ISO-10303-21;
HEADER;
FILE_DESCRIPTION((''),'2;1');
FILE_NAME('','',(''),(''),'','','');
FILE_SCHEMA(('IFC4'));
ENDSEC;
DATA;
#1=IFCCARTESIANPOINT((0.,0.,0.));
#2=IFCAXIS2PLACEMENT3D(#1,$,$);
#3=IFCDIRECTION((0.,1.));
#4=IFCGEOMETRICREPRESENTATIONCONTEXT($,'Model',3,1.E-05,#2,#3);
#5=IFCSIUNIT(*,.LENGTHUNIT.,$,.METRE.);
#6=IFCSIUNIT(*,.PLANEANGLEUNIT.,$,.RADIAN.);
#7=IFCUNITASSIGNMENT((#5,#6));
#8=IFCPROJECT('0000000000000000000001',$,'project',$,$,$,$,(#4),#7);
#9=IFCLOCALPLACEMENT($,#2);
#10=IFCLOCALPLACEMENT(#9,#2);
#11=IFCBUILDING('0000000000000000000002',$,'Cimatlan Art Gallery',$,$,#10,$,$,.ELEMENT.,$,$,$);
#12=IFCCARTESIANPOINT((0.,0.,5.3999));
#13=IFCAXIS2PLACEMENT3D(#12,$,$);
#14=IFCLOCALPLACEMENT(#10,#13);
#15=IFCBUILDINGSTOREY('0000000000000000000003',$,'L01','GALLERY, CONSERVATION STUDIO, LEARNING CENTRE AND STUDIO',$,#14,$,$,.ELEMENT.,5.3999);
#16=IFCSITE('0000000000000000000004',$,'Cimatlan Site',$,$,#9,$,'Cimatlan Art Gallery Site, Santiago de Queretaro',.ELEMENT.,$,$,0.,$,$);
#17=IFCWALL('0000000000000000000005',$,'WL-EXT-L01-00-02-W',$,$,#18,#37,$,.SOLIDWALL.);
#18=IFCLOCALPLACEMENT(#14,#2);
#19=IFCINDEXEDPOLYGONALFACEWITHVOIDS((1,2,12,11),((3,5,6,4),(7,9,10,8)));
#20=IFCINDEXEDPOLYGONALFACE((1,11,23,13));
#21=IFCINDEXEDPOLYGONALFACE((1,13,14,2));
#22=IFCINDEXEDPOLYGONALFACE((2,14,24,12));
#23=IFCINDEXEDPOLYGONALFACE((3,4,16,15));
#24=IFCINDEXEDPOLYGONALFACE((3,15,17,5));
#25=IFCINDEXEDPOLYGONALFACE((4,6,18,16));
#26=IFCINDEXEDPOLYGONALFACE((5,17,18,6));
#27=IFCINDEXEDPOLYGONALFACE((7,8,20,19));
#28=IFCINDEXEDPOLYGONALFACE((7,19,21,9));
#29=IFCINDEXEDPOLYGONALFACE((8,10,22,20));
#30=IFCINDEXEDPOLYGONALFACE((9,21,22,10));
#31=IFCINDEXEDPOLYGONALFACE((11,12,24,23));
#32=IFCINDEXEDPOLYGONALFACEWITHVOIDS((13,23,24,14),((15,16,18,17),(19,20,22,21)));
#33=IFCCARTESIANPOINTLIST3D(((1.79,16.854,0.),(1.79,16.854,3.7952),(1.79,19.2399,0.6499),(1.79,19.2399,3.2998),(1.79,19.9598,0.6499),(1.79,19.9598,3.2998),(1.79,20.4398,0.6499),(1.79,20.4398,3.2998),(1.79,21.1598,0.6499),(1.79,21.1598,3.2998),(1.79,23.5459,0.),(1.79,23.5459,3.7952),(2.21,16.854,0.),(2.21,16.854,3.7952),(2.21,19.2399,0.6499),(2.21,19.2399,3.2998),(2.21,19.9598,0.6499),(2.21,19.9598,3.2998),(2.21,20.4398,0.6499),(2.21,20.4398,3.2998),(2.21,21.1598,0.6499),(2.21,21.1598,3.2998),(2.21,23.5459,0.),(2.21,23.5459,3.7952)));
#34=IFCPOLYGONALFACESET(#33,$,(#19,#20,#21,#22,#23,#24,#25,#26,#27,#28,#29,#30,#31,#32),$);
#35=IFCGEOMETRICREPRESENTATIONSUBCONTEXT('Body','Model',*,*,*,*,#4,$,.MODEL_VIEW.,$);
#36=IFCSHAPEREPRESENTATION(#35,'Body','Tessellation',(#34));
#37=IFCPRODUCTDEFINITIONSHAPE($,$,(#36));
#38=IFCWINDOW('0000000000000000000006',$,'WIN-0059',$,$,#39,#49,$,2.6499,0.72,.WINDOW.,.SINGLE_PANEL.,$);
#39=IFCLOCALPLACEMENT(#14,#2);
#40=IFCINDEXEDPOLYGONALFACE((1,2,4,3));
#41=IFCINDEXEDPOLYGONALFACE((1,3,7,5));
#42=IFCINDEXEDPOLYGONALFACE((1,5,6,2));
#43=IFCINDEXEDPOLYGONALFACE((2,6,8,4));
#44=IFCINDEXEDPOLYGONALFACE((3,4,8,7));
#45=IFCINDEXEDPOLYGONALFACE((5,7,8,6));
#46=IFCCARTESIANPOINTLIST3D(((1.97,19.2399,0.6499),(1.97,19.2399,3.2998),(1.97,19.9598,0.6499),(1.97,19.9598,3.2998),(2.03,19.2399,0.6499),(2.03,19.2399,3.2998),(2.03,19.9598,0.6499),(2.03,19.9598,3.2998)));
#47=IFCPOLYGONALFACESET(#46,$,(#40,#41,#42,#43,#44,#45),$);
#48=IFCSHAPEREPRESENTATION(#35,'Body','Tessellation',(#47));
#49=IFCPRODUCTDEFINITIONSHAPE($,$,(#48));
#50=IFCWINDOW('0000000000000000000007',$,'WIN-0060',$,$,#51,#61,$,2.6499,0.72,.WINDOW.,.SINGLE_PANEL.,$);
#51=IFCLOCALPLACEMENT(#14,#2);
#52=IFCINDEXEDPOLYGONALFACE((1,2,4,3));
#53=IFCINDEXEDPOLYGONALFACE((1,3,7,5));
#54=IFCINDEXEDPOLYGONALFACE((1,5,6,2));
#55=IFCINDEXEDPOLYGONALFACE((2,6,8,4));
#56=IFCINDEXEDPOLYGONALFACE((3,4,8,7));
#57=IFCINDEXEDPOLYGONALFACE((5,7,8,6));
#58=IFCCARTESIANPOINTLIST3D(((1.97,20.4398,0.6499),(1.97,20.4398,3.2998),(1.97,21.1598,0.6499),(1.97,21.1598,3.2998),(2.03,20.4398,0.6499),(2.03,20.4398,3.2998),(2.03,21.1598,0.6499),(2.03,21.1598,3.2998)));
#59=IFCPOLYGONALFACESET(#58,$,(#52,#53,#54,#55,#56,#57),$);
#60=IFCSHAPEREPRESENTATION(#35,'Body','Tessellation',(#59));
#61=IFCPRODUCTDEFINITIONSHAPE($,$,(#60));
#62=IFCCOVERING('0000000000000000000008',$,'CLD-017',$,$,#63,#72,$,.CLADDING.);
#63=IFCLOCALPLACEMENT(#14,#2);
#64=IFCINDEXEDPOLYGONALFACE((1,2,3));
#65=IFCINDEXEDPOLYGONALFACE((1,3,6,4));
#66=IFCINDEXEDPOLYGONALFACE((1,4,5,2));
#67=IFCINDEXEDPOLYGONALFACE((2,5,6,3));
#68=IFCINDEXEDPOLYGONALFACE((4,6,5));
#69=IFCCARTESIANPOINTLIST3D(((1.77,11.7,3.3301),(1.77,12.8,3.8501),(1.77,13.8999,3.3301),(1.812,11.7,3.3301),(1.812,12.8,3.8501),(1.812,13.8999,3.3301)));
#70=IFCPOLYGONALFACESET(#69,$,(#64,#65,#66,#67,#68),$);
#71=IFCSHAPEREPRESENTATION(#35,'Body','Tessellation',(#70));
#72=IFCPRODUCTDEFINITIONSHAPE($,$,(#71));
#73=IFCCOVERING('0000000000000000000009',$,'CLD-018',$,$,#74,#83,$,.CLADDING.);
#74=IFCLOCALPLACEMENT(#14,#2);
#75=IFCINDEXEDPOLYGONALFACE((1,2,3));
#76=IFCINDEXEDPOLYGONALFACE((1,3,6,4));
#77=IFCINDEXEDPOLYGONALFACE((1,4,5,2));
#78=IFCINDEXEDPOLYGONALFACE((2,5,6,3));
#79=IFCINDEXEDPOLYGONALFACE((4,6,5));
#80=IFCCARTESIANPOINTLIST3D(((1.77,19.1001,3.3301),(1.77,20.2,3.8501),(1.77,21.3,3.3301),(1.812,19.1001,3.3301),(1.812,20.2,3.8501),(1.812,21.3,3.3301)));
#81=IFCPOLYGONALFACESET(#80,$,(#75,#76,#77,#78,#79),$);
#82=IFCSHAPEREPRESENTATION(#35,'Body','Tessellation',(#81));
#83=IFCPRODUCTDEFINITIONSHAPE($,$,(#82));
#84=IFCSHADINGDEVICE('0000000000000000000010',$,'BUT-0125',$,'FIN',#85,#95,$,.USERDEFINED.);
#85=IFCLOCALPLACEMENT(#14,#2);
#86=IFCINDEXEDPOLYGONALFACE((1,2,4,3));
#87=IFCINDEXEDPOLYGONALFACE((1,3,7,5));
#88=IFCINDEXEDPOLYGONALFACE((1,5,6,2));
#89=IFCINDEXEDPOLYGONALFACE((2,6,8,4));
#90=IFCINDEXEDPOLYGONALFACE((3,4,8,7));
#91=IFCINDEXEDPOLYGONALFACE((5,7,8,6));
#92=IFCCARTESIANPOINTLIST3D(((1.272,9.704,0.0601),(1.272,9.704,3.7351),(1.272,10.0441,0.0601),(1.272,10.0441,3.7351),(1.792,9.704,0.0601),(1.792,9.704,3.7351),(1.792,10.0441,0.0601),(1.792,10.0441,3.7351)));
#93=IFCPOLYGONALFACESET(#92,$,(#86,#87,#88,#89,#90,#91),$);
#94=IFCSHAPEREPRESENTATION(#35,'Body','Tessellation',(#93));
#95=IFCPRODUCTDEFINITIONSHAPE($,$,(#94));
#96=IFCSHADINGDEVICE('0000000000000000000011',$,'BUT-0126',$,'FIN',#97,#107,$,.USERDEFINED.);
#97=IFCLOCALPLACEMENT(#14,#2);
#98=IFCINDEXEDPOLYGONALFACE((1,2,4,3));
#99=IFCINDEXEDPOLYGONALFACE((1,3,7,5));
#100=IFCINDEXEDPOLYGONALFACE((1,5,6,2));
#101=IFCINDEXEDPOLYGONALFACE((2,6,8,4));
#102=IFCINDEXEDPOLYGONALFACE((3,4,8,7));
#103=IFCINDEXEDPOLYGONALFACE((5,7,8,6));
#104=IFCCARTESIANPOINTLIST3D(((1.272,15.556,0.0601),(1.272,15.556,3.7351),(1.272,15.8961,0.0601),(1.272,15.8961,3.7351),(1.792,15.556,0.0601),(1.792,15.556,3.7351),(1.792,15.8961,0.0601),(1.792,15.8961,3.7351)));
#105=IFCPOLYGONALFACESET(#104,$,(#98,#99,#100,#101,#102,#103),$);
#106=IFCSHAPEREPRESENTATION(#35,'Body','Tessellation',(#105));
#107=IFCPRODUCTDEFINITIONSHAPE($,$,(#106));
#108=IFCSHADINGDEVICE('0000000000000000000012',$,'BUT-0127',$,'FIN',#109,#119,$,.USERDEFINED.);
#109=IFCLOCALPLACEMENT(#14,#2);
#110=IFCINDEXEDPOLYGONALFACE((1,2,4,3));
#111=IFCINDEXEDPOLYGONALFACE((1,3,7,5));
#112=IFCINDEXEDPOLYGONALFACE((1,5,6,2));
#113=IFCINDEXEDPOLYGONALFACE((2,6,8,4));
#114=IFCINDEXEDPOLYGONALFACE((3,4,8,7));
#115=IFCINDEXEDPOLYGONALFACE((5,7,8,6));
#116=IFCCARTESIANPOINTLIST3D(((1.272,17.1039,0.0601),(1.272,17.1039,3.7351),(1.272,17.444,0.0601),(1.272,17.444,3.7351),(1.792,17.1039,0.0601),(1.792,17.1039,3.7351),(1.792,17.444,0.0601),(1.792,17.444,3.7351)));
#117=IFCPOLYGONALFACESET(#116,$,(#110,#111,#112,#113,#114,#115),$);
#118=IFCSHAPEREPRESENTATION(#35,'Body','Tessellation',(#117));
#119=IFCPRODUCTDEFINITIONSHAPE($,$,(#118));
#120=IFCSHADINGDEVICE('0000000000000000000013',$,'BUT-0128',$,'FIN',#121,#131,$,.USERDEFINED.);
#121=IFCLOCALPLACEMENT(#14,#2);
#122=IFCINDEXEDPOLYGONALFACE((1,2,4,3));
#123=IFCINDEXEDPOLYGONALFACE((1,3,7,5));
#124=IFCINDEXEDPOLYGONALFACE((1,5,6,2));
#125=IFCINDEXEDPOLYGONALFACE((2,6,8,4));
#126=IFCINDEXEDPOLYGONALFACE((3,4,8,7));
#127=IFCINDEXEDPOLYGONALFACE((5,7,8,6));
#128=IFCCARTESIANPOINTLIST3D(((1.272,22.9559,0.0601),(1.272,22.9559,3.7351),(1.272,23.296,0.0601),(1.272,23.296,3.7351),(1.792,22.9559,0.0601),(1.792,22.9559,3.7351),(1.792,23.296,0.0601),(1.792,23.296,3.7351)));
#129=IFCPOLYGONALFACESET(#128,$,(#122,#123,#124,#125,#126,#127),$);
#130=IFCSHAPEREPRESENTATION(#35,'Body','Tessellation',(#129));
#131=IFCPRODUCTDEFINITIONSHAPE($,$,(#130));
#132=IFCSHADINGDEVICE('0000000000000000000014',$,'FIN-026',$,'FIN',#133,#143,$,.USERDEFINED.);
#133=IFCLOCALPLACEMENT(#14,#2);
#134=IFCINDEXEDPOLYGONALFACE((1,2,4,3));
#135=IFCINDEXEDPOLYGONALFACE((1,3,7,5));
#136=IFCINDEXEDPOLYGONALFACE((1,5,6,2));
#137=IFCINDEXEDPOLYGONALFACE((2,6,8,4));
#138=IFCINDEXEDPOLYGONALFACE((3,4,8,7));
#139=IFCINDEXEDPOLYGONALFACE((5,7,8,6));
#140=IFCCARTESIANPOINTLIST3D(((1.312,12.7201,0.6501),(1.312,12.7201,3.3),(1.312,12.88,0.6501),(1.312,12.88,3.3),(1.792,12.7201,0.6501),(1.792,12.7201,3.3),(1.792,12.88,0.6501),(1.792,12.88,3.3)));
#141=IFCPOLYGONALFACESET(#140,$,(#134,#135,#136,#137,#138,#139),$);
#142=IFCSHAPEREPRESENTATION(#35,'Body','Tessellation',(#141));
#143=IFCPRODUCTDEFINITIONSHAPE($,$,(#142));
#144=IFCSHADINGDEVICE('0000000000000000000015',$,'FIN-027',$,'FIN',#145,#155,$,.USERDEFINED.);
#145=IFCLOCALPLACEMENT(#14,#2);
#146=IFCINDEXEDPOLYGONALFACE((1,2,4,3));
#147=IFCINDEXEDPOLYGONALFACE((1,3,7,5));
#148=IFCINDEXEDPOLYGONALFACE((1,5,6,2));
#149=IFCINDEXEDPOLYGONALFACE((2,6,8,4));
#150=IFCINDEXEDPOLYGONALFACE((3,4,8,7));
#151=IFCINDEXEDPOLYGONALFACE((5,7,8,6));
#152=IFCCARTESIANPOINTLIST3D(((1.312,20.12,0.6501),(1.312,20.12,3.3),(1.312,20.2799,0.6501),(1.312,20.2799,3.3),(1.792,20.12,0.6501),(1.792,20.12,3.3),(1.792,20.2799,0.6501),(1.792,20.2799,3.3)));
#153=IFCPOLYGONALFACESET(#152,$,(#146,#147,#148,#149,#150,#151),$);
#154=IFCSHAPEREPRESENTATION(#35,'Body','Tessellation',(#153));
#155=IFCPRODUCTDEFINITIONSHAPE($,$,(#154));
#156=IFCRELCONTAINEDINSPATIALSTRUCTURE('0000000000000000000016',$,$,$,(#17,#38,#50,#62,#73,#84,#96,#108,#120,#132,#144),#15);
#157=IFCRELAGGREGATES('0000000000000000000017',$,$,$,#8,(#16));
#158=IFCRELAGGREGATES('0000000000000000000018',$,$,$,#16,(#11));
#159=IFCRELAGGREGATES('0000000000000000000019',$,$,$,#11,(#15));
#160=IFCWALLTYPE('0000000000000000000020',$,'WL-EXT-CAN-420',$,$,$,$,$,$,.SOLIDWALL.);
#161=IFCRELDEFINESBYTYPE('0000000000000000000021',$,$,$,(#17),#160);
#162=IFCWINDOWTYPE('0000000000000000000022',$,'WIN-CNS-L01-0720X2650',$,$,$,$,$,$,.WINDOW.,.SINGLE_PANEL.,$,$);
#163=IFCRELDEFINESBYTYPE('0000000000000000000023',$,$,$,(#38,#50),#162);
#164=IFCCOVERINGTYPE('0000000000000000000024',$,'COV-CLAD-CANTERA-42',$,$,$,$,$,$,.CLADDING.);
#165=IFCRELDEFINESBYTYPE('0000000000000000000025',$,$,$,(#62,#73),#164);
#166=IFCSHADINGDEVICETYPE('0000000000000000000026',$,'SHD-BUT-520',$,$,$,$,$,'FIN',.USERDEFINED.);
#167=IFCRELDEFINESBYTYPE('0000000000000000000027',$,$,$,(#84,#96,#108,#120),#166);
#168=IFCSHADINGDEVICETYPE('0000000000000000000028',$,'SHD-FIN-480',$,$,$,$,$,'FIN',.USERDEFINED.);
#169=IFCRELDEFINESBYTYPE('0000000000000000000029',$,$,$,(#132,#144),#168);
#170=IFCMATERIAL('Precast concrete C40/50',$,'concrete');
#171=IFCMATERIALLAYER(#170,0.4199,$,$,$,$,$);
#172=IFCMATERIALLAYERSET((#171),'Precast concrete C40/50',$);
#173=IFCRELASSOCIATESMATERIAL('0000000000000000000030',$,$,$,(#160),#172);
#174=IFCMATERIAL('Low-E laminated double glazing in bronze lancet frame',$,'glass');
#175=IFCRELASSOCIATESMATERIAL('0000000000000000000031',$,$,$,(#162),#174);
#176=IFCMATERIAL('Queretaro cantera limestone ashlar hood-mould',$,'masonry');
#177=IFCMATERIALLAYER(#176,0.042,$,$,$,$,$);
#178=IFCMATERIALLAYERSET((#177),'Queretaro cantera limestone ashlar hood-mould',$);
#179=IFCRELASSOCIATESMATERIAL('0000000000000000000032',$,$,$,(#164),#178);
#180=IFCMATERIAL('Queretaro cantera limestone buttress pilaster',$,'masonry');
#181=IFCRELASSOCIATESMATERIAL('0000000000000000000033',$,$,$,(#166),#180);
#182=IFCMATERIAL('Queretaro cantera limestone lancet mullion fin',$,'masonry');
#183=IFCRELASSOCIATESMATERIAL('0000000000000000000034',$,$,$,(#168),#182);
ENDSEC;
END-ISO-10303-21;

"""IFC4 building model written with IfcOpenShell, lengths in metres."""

from ifc_helpers import new_model, si_unit, direction, frame, frame_2d, origin, origin_2d, place, context, subcontext, project, spatial, polyline, rectangle, outline, extrude, material, layer, layer_set, type_object, element, fill, save


model = new_model("IFC4")

# Units and contexts
model_context = context("Model", 3, precision=1e-05, world=origin(), true_north=direction((0.0, 1.0)))
body_context = subcontext(model_context, "Body", "Model", "MODEL_VIEW")
ifc_project = project(units=[si_unit("LENGTHUNIT", "METRE"), si_unit("PLANEANGLEUNIT", "RADIAN")], contexts=[model_context])

# Site, building, storey
site_placement = place(None, origin())
site = spatial("IfcSite", under=ifc_project, at=site_placement, Name="Cimatlan Site", LongName="Cimatlan Art Gallery Site, Santiago de Queretaro", CompositionType="ELEMENT", RefElevation=0.0)
building_placement = place(site_placement, origin())
building = spatial("IfcBuilding", under=site, at=building_placement, Name="Cimatlan Art Gallery", CompositionType="ELEMENT")
storey_placement = place(building_placement, frame((0.0, 0.0, 5.3999)))
storey = spatial("IfcBuildingStorey", under=building, at=storey_placement, Name="L01", Description="GALLERY, CONSERVATION STUDIO, LEARNING CENTRE AND STUDIO", CompositionType="ELEMENT", Elevation=5.3999)

# Wall, openings, windows
ifc_material_1 = material(Name="Precast concrete C40/50", Category="concrete")
ifc_layer_1 = layer(ifc_material_1, 0.4199)
ifc_layer_set_1 = layer_set([ifc_layer_1], Name="Precast concrete C40/50")
wall_type = type_object("IfcWallType", Name="WL-EXT-CAN-420", PredefinedType="SOLIDWALL", material=ifc_layer_set_1)
ifc_material_2 = material(Name="Low-E laminated double glazing in bronze lancet frame", Category="glass")
window_type = type_object("IfcWindowType", Name="WIN-CNS-L01-0720X2650", PartitioningType="SINGLE_PANEL", PredefinedType="WINDOW", material=ifc_material_2)
wall_1_placement = place(storey_placement, frame((2.0, 16.854, 0.0), z_axis=(0.0, 0.0, 1.0), x_axis=(0.0, 1.0, 0.0)))
wall_1 = element("IfcWall", 1, at=wall_1_placement, inside=storey, type_object=wall_type, Name="WL-EXT-L01-00-02-W", PredefinedType="SOLIDWALL", context=body_context, shape_type="SweptSolid", body=[
    extrude(rectangle(XDim=6.6919, YDim=0.4199, at=frame_2d((3.3459, 0.0))), origin(), (0.0, 0.0, 1.0), 3.7952),
])
opening_1_placement = place(wall_1_placement, frame((2.386, 0.0, 0.6499)))
opening_1 = element("IfcOpeningElement", 2, at=opening_1_placement, cuts=wall_1, PredefinedType="OPENING", context=body_context, shape_type="SweptSolid", body=[
    extrude(rectangle(XDim=0.72, YDim=2.6499, at=frame_2d((0.3599, 1.325))), frame((0.0, 0.22, 0.0), z_axis=(0.0, -1.0, 0.0), x_axis=(1.0, 0.0, 0.0)), (0.0, 0.0, 1.0), 0.4399),
])
opening_2_placement = place(wall_1_placement, frame((3.5859, 0.0, 0.6499)))
opening_2 = element("IfcOpeningElement", 3, at=opening_2_placement, cuts=wall_1, PredefinedType="OPENING", context=body_context, shape_type="SweptSolid", body=[
    extrude(rectangle(XDim=0.72, YDim=2.6499, at=frame_2d((0.3599, 1.325))), frame((0.0, 0.22, 0.0), z_axis=(0.0, -1.0, 0.0), x_axis=(1.0, 0.0, 0.0)), (0.0, 0.0, 1.0), 0.4399),
])
window_1_placement = place(opening_1_placement, origin())
window_1 = element("IfcWindow", 4, at=window_1_placement, inside=storey, type_object=window_type, Name="WIN-0059", OverallHeight=2.6499, OverallWidth=0.72, PartitioningType="SINGLE_PANEL", PredefinedType="WINDOW", context=body_context, shape_type="SweptSolid", body=[
    extrude(rectangle(XDim=0.72, YDim=2.6499, at=frame_2d((0.3599, 1.325))), frame((0.0, 0.03, 0.0), z_axis=(0.0, -1.0, 0.0), x_axis=(1.0, 0.0, 0.0)), (0.0, 0.0, 1.0), 0.0601),
])
fill(opening_1, window_1)
window_2_placement = place(opening_2_placement, origin())
window_2 = element("IfcWindow", 5, at=window_2_placement, inside=storey, type_object=window_type, Name="WIN-0060", OverallHeight=2.6499, OverallWidth=0.72, PartitioningType="SINGLE_PANEL", PredefinedType="WINDOW", context=body_context, shape_type="SweptSolid", body=[
    extrude(rectangle(XDim=0.72, YDim=2.6499, at=frame_2d((0.3599, 1.325))), frame((0.0, 0.03, 0.0), z_axis=(0.0, -1.0, 0.0), x_axis=(1.0, 0.0, 0.0)), (0.0, 0.0, 1.0), 0.0601),
])
fill(opening_2, window_2)

# Coverings
ifc_material_3 = material(Name="Queretaro cantera limestone ashlar hood-mould", Category="masonry")
ifc_layer_2 = layer(ifc_material_3, 0.042)
ifc_layer_set_2 = layer_set([ifc_layer_2], Name="Queretaro cantera limestone ashlar hood-mould")
covering_type = type_object("IfcCoveringType", Name="COV-CLAD-CANTERA-42", PredefinedType="CLADDING", material=ifc_layer_set_2)
covering_1_placement = place(storey_placement, frame((1.812, 11.7, 3.3301), z_axis=(1.0, 0.0, 0.0), x_axis=(0.0, 1.0, 0.0)))
element("IfcCovering", 6, at=covering_1_placement, inside=storey, type_object=covering_type, Name="CLD-017", PredefinedType="CLADDING", context=body_context, shape_type="SweptSolid", body=[
    extrude(outline(polyline([(0.0, 0.0), (2.2, 0.0), (1.1001, 0.52), (0.0, 0.0)])), origin(), (0.0, 0.0, -1.0), 0.042),
])
covering_2_placement = place(storey_placement, frame((1.812, 19.1001, 3.3301), z_axis=(1.0, 0.0, 0.0), x_axis=(0.0, 1.0, 0.0)))
element("IfcCovering", 7, at=covering_2_placement, inside=storey, type_object=covering_type, Name="CLD-018", PredefinedType="CLADDING", context=body_context, shape_type="SweptSolid", body=[
    extrude(outline(polyline([(0.0, 0.0), (2.2, 0.0), (1.0999, 0.52), (0.0, 0.0)])), origin(), (0.0, 0.0, -1.0), 0.042),
])

# Shading devices
ifc_material_4 = material(Name="Queretaro cantera limestone buttress pilaster", Category="masonry")
shading_device_type_1 = type_object("IfcShadingDeviceType", Name="SHD-BUT-520", ElementType="FIN", PredefinedType="USERDEFINED", material=ifc_material_4)
for number, where, z_axis, x_axis, name in (
    (8, (1.532, 9.874, 0.0601), (0.0, 0.0, 1.0), (0.0, 1.0, 0.0), "BUT-0125"),
    (9, (1.532, 15.7261, 0.0601), (0.0, 0.0, 1.0), (0.0, 1.0, 0.0), "BUT-0126"),
    (10, (1.532, 17.2739, 0.0601), (0.0, 0.0, 1.0), (0.0, 1.0, 0.0), "BUT-0127"),
    (11, (1.532, 23.126, 0.0601), (0.0, 0.0, 1.0), (0.0, 1.0, 0.0), "BUT-0128"),
):
    element("IfcShadingDevice", number, at=place(storey_placement, frame(where, z_axis=z_axis, x_axis=x_axis)), inside=storey, type_object=shading_device_type_1, Name=name, ObjectType="FIN", PredefinedType="USERDEFINED", context=body_context, shape_type="SweptSolid", body=[
        extrude(rectangle(XDim=0.3401, YDim=0.52, at=origin_2d()), origin(), (0.0, 0.0, 1.0), 3.675),
    ])
ifc_material_5 = material(Name="Queretaro cantera limestone lancet mullion fin", Category="masonry")
shading_device_type_2 = type_object("IfcShadingDeviceType", Name="SHD-FIN-480", ElementType="FIN", PredefinedType="USERDEFINED", material=ifc_material_5)
for number, where, z_axis, x_axis, name in (
    (12, (1.552, 12.8, 0.6501), (0.0, 0.0, 1.0), (0.0, 1.0, 0.0), "FIN-026"),
    (13, (1.552, 20.2, 0.6501), (0.0, 0.0, 1.0), (0.0, 1.0, 0.0), "FIN-027"),
):
    element("IfcShadingDevice", number, at=place(storey_placement, frame(where, z_axis=z_axis, x_axis=x_axis)), inside=storey, type_object=shading_device_type_2, Name=name, ObjectType="FIN", PredefinedType="USERDEFINED", context=body_context, shape_type="SweptSolid", body=[
        extrude(rectangle(XDim=0.1599, YDim=0.48, at=origin_2d()), origin(), (0.0, 0.0, 1.0), 2.6499),
    ])

save(model, "model.ifc")
